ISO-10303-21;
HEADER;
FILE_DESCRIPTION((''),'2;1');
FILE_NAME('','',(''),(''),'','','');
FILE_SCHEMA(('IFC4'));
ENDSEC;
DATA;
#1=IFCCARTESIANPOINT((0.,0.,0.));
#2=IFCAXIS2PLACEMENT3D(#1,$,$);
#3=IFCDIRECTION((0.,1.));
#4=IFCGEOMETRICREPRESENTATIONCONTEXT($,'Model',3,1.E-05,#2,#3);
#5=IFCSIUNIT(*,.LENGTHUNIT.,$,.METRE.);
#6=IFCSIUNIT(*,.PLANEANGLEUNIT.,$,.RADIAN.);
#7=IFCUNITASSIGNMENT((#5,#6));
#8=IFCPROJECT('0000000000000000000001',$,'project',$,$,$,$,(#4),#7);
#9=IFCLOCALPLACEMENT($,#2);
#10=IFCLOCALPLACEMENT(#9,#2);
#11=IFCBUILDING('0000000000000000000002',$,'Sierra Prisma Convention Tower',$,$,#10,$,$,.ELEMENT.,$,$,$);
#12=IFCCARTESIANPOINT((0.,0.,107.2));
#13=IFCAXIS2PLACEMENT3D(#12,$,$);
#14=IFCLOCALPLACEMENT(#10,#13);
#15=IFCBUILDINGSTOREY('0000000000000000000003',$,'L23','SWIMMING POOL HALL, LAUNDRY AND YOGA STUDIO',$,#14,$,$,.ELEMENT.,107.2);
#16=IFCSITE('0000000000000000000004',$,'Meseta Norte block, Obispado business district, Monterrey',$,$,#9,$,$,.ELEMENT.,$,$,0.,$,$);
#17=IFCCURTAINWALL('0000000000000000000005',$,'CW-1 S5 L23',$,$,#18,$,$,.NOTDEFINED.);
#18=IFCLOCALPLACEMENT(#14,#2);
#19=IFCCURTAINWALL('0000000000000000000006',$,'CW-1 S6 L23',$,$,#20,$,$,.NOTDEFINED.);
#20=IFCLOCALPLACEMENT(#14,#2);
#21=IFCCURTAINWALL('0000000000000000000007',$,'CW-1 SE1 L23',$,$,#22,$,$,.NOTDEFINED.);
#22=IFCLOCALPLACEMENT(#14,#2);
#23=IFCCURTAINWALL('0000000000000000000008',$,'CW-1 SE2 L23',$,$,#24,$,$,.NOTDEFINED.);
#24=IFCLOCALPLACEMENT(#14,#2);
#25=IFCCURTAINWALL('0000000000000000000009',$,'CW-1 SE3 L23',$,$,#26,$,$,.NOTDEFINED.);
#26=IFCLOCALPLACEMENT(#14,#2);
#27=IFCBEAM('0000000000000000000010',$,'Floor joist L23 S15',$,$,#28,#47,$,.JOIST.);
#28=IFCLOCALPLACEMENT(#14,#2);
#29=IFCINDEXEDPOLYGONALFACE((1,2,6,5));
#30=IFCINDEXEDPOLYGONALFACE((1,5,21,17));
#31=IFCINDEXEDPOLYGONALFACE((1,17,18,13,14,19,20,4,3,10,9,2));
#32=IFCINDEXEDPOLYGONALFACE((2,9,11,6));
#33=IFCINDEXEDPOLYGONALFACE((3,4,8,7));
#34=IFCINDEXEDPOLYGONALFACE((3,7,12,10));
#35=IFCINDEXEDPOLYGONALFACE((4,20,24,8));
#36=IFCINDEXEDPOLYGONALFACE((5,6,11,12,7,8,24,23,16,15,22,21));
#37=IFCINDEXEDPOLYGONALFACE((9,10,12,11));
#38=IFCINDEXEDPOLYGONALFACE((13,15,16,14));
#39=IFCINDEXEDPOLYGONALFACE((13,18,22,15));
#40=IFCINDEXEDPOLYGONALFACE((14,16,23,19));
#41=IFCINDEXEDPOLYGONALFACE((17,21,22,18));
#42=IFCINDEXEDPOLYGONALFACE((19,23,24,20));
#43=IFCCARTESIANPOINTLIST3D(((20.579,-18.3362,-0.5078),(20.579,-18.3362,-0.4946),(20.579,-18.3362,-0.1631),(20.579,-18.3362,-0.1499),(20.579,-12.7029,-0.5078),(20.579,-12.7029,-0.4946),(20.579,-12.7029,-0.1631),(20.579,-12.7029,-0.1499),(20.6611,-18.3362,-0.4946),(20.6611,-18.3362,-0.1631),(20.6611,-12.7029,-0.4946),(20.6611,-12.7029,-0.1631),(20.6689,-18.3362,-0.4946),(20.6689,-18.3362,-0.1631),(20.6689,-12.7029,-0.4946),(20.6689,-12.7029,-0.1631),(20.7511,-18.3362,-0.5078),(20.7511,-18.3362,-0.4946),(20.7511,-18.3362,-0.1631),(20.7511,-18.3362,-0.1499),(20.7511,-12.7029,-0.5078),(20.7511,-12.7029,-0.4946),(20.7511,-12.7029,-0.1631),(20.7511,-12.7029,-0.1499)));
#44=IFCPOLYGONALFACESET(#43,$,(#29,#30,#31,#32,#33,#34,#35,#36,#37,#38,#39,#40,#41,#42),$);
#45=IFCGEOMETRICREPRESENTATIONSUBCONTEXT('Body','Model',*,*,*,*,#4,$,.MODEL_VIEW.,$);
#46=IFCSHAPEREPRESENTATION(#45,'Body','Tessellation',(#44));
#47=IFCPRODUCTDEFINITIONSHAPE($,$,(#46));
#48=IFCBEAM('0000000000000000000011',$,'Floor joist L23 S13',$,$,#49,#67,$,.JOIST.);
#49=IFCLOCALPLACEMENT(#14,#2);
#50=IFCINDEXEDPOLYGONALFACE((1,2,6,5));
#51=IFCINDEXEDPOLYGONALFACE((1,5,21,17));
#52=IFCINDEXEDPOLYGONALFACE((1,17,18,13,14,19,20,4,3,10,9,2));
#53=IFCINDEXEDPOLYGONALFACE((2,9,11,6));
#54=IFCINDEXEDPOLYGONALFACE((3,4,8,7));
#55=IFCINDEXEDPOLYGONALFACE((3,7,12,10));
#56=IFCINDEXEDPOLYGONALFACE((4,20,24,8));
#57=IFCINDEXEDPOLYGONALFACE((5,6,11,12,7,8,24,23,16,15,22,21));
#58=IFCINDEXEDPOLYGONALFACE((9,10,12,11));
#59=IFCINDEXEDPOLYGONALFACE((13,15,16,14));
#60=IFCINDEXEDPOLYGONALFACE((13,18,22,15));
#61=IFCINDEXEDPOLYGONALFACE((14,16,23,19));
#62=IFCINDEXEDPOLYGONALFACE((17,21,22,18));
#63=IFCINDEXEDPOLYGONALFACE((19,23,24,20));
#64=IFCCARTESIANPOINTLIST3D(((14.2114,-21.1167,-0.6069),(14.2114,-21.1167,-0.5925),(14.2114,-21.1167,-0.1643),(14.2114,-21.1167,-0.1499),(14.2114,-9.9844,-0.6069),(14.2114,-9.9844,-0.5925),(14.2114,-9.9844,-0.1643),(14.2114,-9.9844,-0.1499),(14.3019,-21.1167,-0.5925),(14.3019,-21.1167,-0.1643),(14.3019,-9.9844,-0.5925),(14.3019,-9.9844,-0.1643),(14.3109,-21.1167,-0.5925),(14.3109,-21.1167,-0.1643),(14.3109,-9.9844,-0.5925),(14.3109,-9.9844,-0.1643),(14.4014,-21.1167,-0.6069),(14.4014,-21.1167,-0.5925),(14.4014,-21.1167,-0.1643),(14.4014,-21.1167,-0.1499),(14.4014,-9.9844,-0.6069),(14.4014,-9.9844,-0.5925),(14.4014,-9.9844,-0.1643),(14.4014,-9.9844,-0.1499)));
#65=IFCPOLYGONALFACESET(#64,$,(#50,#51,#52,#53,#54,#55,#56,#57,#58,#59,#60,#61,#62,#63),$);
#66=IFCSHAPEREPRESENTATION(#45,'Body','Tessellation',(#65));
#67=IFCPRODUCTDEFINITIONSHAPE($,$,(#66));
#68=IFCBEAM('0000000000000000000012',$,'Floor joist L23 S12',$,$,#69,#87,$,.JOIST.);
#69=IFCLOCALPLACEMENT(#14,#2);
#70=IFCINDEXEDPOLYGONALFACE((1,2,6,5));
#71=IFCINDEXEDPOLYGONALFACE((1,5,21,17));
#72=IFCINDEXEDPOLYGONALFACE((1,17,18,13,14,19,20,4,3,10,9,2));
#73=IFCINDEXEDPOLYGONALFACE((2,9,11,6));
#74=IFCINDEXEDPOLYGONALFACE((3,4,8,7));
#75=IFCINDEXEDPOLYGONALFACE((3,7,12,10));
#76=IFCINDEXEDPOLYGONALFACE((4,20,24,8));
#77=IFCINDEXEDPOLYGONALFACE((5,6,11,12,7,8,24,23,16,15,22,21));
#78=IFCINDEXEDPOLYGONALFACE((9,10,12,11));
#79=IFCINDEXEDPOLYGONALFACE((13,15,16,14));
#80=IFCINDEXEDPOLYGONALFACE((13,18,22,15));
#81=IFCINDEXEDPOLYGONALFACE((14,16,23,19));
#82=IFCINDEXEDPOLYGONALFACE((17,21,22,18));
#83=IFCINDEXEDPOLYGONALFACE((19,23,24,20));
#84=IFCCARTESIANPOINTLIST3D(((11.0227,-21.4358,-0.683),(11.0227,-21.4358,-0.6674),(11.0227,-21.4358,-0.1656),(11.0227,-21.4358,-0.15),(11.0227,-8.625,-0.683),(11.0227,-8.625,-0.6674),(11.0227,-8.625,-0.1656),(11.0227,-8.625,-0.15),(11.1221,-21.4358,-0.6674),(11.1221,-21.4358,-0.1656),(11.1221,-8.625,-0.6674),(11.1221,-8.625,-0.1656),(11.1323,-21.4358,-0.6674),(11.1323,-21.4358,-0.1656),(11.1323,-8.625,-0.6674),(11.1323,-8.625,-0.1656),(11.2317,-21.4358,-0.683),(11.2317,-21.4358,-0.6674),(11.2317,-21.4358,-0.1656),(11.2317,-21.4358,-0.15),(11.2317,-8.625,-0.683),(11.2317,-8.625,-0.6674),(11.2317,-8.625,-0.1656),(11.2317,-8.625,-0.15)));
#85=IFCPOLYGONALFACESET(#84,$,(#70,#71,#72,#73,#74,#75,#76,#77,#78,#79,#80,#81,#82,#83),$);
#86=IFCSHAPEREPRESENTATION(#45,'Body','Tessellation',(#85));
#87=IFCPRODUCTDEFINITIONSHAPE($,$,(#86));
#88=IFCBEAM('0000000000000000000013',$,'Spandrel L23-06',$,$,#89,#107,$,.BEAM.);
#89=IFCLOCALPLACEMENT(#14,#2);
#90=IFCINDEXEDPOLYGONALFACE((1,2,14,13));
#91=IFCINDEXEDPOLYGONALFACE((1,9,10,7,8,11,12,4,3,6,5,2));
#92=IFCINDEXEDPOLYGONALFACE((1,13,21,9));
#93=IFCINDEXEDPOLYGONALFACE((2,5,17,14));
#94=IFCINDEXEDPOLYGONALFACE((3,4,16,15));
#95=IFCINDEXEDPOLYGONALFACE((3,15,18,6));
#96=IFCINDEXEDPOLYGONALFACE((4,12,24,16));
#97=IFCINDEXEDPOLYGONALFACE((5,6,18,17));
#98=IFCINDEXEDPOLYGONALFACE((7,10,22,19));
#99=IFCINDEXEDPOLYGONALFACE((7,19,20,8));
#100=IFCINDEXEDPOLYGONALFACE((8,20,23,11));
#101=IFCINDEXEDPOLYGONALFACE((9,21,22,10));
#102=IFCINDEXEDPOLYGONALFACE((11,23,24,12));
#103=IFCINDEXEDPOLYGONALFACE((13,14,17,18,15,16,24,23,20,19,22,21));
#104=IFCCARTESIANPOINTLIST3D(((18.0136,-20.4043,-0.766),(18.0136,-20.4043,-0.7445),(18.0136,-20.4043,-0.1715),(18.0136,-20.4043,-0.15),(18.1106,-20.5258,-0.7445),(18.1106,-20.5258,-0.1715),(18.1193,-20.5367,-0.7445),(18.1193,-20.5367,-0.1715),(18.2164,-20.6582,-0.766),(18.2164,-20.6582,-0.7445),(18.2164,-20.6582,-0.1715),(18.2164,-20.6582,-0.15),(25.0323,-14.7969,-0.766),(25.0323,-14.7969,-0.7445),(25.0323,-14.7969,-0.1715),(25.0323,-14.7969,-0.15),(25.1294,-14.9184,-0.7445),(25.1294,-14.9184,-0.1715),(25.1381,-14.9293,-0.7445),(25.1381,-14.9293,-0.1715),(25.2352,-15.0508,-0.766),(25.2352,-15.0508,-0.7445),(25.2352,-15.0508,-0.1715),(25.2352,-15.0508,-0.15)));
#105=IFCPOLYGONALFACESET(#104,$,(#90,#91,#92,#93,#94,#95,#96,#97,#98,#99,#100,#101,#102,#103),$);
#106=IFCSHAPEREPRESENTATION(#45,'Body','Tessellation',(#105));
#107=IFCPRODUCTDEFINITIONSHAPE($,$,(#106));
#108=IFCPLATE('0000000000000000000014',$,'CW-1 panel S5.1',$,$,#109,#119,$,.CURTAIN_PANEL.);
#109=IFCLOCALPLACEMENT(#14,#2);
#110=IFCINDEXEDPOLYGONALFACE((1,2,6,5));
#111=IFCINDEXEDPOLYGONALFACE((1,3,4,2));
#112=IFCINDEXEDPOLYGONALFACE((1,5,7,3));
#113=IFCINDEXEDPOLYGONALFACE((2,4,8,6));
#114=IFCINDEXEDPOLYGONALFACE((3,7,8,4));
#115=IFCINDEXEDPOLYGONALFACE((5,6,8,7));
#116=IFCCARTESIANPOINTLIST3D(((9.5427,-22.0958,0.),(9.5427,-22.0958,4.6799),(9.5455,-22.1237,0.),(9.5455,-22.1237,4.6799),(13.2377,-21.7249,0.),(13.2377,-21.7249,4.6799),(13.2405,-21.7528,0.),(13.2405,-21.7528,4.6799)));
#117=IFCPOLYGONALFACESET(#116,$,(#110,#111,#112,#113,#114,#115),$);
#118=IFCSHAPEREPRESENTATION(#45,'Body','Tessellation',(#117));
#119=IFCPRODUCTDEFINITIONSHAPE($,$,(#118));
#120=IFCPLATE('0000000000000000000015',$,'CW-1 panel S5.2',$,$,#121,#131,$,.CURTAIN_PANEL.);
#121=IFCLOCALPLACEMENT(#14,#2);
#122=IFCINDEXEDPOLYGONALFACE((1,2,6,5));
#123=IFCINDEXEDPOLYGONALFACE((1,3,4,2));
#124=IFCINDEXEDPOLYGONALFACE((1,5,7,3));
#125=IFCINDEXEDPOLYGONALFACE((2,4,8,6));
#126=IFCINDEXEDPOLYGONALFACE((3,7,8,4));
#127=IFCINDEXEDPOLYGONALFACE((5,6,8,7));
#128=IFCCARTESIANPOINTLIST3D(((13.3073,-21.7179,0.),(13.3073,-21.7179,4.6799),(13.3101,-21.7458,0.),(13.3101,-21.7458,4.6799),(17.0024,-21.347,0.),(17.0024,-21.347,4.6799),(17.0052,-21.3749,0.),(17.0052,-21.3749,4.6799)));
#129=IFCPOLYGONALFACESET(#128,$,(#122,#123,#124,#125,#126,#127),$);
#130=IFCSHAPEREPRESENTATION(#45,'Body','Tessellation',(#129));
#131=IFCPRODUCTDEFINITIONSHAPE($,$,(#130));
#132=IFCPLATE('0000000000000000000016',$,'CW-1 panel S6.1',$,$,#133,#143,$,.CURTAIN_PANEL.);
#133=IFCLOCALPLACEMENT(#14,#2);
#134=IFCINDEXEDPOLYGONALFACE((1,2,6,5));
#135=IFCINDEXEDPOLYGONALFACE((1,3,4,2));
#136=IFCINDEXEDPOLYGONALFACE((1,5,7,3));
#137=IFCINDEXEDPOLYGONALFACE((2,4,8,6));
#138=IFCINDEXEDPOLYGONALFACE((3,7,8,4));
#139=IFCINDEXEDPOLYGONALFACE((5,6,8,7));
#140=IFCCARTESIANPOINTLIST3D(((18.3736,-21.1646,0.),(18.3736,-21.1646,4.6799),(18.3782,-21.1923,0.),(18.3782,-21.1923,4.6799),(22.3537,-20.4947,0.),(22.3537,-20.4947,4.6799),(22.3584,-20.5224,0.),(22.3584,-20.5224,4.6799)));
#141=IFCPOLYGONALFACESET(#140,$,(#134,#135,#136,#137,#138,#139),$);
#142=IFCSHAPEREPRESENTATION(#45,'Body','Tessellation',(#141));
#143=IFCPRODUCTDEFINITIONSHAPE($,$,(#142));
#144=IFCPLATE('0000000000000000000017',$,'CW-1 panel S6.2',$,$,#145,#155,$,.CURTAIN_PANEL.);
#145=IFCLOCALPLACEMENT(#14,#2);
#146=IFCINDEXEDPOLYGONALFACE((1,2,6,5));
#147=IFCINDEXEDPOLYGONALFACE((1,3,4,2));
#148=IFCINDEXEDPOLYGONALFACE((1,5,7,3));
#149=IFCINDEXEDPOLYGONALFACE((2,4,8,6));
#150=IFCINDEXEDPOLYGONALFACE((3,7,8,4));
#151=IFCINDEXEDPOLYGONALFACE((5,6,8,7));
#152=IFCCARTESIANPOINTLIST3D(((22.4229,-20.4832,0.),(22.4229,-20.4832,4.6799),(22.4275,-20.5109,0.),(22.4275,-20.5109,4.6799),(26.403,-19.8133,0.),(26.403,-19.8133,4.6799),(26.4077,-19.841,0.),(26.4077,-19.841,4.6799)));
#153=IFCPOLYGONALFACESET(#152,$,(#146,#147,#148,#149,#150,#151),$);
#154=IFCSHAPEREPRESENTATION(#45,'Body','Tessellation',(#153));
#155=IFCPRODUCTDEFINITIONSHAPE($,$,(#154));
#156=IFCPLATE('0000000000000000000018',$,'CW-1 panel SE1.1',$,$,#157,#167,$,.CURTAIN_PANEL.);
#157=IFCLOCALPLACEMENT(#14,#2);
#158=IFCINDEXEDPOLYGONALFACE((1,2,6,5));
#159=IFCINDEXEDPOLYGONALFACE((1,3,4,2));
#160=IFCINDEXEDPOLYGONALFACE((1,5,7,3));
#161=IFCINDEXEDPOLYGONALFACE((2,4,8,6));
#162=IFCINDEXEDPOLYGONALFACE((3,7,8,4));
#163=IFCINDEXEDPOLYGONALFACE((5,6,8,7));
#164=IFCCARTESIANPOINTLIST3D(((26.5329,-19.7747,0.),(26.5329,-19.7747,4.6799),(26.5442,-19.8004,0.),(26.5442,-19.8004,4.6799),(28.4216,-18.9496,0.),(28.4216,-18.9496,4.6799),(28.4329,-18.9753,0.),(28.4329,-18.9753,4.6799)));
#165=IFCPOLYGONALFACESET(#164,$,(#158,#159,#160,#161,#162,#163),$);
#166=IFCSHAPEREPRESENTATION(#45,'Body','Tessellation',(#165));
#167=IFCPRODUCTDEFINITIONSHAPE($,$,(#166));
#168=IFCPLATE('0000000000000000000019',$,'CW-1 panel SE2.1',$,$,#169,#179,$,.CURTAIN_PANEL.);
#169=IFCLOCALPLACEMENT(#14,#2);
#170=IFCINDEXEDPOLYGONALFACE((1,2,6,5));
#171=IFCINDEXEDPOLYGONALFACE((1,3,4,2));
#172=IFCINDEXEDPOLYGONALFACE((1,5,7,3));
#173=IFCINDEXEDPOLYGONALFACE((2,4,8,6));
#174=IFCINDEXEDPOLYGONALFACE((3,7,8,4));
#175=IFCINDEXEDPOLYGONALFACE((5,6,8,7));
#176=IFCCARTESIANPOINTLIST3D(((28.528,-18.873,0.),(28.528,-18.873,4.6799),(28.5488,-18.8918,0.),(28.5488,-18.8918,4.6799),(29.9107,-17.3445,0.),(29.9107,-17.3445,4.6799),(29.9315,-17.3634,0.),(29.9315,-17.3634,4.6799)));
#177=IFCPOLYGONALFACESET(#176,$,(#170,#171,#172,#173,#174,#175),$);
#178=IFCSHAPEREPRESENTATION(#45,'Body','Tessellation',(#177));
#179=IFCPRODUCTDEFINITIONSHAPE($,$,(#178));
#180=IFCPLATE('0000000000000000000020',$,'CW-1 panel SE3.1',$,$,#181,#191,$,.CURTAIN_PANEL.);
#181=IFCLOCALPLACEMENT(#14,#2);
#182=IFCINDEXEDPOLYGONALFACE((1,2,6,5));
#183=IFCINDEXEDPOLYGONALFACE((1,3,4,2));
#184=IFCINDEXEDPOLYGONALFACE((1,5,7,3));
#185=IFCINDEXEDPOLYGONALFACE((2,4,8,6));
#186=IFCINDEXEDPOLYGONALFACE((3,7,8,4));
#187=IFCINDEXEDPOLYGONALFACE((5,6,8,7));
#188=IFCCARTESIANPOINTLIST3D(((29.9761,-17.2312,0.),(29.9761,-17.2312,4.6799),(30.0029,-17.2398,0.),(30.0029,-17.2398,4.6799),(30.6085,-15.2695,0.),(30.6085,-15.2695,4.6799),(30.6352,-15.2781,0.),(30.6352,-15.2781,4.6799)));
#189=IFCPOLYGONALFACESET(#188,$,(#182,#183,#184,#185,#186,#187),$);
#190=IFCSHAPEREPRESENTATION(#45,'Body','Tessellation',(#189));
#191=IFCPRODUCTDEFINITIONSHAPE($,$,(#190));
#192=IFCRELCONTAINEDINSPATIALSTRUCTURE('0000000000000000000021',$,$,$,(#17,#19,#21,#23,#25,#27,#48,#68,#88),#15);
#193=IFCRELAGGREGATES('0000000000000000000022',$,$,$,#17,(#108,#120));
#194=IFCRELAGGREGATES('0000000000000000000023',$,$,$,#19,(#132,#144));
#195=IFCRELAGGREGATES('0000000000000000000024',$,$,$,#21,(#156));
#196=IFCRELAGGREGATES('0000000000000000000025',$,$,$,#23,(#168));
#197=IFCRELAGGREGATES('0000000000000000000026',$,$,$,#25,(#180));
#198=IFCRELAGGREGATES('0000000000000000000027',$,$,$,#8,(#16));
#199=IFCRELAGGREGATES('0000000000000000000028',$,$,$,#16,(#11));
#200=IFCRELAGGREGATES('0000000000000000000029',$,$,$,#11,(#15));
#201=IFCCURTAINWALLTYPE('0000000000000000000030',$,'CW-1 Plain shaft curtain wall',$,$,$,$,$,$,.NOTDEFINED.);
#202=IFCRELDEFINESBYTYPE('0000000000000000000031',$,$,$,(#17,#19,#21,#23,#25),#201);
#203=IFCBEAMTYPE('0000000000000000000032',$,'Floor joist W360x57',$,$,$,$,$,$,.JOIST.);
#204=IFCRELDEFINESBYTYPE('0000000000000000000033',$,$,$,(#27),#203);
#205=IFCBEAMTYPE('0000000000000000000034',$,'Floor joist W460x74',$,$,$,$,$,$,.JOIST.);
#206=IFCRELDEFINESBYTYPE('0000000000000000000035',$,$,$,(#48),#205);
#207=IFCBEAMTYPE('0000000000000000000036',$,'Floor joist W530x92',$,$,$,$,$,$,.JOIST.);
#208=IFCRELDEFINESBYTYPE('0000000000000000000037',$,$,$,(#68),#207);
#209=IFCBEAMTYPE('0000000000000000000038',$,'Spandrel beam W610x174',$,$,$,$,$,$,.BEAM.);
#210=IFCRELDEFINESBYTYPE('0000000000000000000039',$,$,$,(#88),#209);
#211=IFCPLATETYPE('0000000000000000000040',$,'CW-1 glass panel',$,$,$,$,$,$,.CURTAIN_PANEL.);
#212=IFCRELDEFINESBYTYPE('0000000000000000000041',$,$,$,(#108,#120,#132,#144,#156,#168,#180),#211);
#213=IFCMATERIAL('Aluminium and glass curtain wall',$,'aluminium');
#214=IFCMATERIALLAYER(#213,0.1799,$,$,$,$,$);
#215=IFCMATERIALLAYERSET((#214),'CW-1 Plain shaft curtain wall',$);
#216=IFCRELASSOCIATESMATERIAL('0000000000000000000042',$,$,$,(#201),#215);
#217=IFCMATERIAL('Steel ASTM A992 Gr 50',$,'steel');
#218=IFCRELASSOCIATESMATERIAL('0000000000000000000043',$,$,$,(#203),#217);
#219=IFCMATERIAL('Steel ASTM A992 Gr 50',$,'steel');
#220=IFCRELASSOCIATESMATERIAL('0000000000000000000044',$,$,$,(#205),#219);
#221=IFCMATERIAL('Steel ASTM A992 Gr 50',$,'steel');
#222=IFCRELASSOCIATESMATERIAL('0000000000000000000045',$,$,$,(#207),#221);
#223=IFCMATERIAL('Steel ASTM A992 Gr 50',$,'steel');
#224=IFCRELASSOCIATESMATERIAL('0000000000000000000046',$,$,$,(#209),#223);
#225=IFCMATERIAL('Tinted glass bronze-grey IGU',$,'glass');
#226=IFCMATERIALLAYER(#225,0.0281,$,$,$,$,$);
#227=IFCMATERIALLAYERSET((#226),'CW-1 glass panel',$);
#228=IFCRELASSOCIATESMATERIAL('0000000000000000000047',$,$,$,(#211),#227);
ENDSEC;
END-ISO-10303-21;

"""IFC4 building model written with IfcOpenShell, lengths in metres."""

from ifc_helpers import new_model, si_unit, direction, frame, origin, origin_2d, place, context, subcontext, project, spatial, rectangle, i_section, extrude, material, layer, layer_set, material_profile, profile_set, type_object, element, aggregate, save


model = new_model("IFC4")

# Units and contexts
model_context = context("Model", 3, precision=1e-05, world=origin(), true_north=direction((0.0, 1.0)))
body_context = subcontext(model_context, "Body", "Model", "MODEL_VIEW")
ifc_project = project(units=[si_unit("LENGTHUNIT", "METRE"), si_unit("PLANEANGLEUNIT", "RADIAN")], contexts=[model_context])

# Site, building, storey
site_placement = place(None, origin())
site = spatial("IfcSite", under=ifc_project, at=site_placement, Name="Meseta Norte block, Obispado business district, Monterrey", CompositionType="ELEMENT", RefElevation=0.0)
building_placement = place(site_placement, origin())
building = spatial("IfcBuilding", under=site, at=building_placement, Name="Sierra Prisma Convention Tower", CompositionType="ELEMENT")
storey_placement = place(building_placement, frame((0.0, 0.0, 107.2)))
storey = spatial("IfcBuildingStorey", under=building, at=storey_placement, Name="L23", Description="SWIMMING POOL HALL, LAUNDRY AND YOGA STUDIO", CompositionType="ELEMENT", Elevation=107.2)

# Curtain wall
ifc_material_1 = material(Name="Aluminium and glass curtain wall", Category="aluminium")
ifc_layer_1 = layer(ifc_material_1, 0.1799)
ifc_layer_set_1 = layer_set([ifc_layer_1], Name="CW-1 Plain shaft curtain wall")
curtain_wall_type = type_object("IfcCurtainWallType", Name="CW-1 Plain shaft curtain wall", PredefinedType="NOTDEFINED", material=ifc_layer_set_1)
curtain_wall_1_placement = place(storey_placement, origin())
curtain_wall_1 = element("IfcCurtainWall", 1, at=curtain_wall_1_placement, inside=storey, type_object=curtain_wall_type, Name="CW-1 S5 L23", PredefinedType="NOTDEFINED")

# Curtain walls
curtain_wall_2_placement = place(storey_placement, origin())
curtain_wall_2 = element("IfcCurtainWall", 2, at=curtain_wall_2_placement, inside=storey, type_object=curtain_wall_type, Name="CW-1 S6 L23", PredefinedType="NOTDEFINED")
curtain_wall_3_placement = place(storey_placement, origin())
curtain_wall_3 = element("IfcCurtainWall", 3, at=curtain_wall_3_placement, inside=storey, type_object=curtain_wall_type, Name="CW-1 SE1 L23", PredefinedType="NOTDEFINED")
curtain_wall_4_placement = place(storey_placement, origin())
curtain_wall_4 = element("IfcCurtainWall", 4, at=curtain_wall_4_placement, inside=storey, type_object=curtain_wall_type, Name="CW-1 SE2 L23", PredefinedType="NOTDEFINED")
curtain_wall_5_placement = place(storey_placement, origin())
curtain_wall_5 = element("IfcCurtainWall", 5, at=curtain_wall_5_placement, inside=storey, type_object=curtain_wall_type, Name="CW-1 SE3 L23", PredefinedType="NOTDEFINED")

# Beams
ifc_material_2 = material(Name="Steel ASTM A992 Gr 50", Category="steel")
ifc_material_profile_1 = material_profile(ifc_material_2, i_section(OverallWidth=0.1721, OverallDepth=0.3579, WebThickness=0.0078, FlangeThickness=0.0132, at=origin_2d()), Name="W360x57")
ifc_profile_set_1 = profile_set([ifc_material_profile_1], Name="Steel ASTM A992 Gr 50")
beam_type_1 = type_object("IfcBeamType", Name="Floor joist W360x57", PredefinedType="JOIST", material=ifc_profile_set_1)
beam_1_placement = place(storey_placement, frame((20.665, -18.3362, -0.3289), z_axis=(0.0, 1.0, 0.0), x_axis=(-1.0, 0.0, 0.0)))
element("IfcBeam", 6, at=beam_1_placement, inside=storey, type_object=beam_type_1, Name="Floor joist L23 S15", PredefinedType="JOIST", context=body_context, shape_type="SweptSolid", body=[
    extrude(i_section(OverallWidth=0.1721, OverallDepth=0.3579, WebThickness=0.0078, FlangeThickness=0.0132, at=origin_2d()), origin(), (0.0, 0.0, 1.0), 5.6333),
])
ifc_material_3 = material(Name="Steel ASTM A992 Gr 50", Category="steel")
ifc_material_profile_2 = material_profile(ifc_material_3, i_section(OverallWidth=0.1899, OverallDepth=0.457, WebThickness=0.009, FlangeThickness=0.0144, at=origin_2d()), Name="W460x74")
ifc_profile_set_2 = profile_set([ifc_material_profile_2], Name="Steel ASTM A992 Gr 50")
beam_type_2 = type_object("IfcBeamType", Name="Floor joist W460x74", PredefinedType="JOIST", material=ifc_profile_set_2)
beam_2_placement = place(storey_placement, frame((14.3064, -21.1167, -0.3784), z_axis=(0.0, 1.0, 0.0), x_axis=(-1.0, 0.0, 0.0)))
element("IfcBeam", 7, at=beam_2_placement, inside=storey, type_object=beam_type_2, Name="Floor joist L23 S13", PredefinedType="JOIST", context=body_context, shape_type="SweptSolid", body=[
    extrude(i_section(OverallWidth=0.1899, OverallDepth=0.457, WebThickness=0.009, FlangeThickness=0.0144, at=origin_2d()), origin(), (0.0, 0.0, 1.0), 11.1323),
])
ifc_material_4 = material(Name="Steel ASTM A992 Gr 50", Category="steel")
ifc_material_profile_3 = material_profile(ifc_material_4, i_section(OverallWidth=0.209, OverallDepth=0.533, WebThickness=0.0103, FlangeThickness=0.0156, at=origin_2d()), Name="W530x92")
ifc_profile_set_3 = profile_set([ifc_material_profile_3], Name="Steel ASTM A992 Gr 50")
beam_type_3 = type_object("IfcBeamType", Name="Floor joist W530x92", PredefinedType="JOIST", material=ifc_profile_set_3)
beam_3_placement = place(storey_placement, frame((11.1272, -21.4358, -0.4165), z_axis=(0.0, 1.0, 0.0), x_axis=(-1.0, 0.0, 0.0)))
element("IfcBeam", 8, at=beam_3_placement, inside=storey, type_object=beam_type_3, Name="Floor joist L23 S12", PredefinedType="JOIST", context=body_context, shape_type="SweptSolid", body=[
    extrude(i_section(OverallWidth=0.209, OverallDepth=0.533, WebThickness=0.0103, FlangeThickness=0.0156, at=origin_2d()), origin(), (0.0, 0.0, 1.0), 12.8108),
])
ifc_material_5 = material(Name="Steel ASTM A992 Gr 50", Category="steel")
ifc_material_profile_4 = material_profile(ifc_material_5, i_section(OverallWidth=0.325, OverallDepth=0.616, WebThickness=0.0139, FlangeThickness=0.0215, at=origin_2d()), Name="W610x174")
ifc_profile_set_4 = profile_set([ifc_material_profile_4], Name="Steel ASTM A992 Gr 50")
beam_type_4 = type_object("IfcBeamType", Name="Spandrel beam W610x174", PredefinedType="BEAM", material=ifc_profile_set_4)
beam_4_placement = place(storey_placement, frame((18.115, -20.5312, -0.458), z_axis=(0.781282, 0.624178, 0.0), x_axis=(-0.624178, 0.781282, 0.0)))
element("IfcBeam", 9, at=beam_4_placement, inside=storey, type_object=beam_type_4, Name="Spandrel L23-06", PredefinedType="BEAM", context=body_context, shape_type="SweptSolid", body=[
    extrude(i_section(OverallWidth=0.325, OverallDepth=0.616, WebThickness=0.0139, FlangeThickness=0.0215, at=origin_2d()), origin(), (0.0, 0.0, 1.0), 8.9836),
])

# Plates
ifc_material_6 = material(Name="Tinted glass bronze-grey IGU", Category="glass")
ifc_layer_2 = layer(ifc_material_6, 0.0281)
ifc_layer_set_2 = layer_set([ifc_layer_2], Name="CW-1 glass panel")
plate_type = type_object("IfcPlateType", Name="CW-1 glass panel", PredefinedType="CURTAIN_PANEL", material=ifc_layer_set_2)
plate_1_placement = place(storey_placement, frame((11.3916, -21.9243, 0.0), z_axis=(0.0, 0.0, 1.0), x_axis=(0.995, 0.099874, 0.0)))
plate_1 = element("IfcPlate", 10, at=plate_1_placement, type_object=plate_type, Name="CW-1 panel S5.1", PredefinedType="CURTAIN_PANEL", context=body_context, shape_type="SweptSolid", body=[
    extrude(rectangle(XDim=3.7136, YDim=0.0281, at=origin_2d()), origin(), (0.0, 0.0, 1.0), 4.6799),
])
plate_2_placement = place(storey_placement, frame((15.1562, -21.5464, 0.0), z_axis=(0.0, 0.0, 1.0), x_axis=(0.995, 0.099874, 0.0)))
plate_2 = element("IfcPlate", 11, at=plate_2_placement, type_object=plate_type, Name="CW-1 panel S5.2", PredefinedType="CURTAIN_PANEL", context=body_context, shape_type="SweptSolid", body=[
    extrude(rectangle(XDim=3.7136, YDim=0.0281, at=origin_2d()), origin(), (0.0, 0.0, 1.0), 4.6799),
])
aggregate(curtain_wall_1, [plate_1, plate_2])
plate_3_placement = place(storey_placement, frame((20.366, -20.8435, 0.0), z_axis=(0.0, 0.0, 1.0), x_axis=(0.986132, 0.165964, 0.0)))
plate_3 = element("IfcPlate", 12, at=plate_3_placement, type_object=plate_type, Name="CW-1 panel S6.1", PredefinedType="CURTAIN_PANEL", context=body_context, shape_type="SweptSolid", body=[
    extrude(rectangle(XDim=4.0361, YDim=0.0281, at=origin_2d()), origin(), (0.0, 0.0, 1.0), 4.6799),
])
plate_4_placement = place(storey_placement, frame((24.4153, -20.1621, 0.0), z_axis=(0.0, 0.0, 1.0), x_axis=(0.986132, 0.165964, 0.0)))
plate_4 = element("IfcPlate", 13, at=plate_4_placement, type_object=plate_type, Name="CW-1 panel S6.2", PredefinedType="CURTAIN_PANEL", context=body_context, shape_type="SweptSolid", body=[
    extrude(rectangle(XDim=4.0361, YDim=0.0281, at=origin_2d()), origin(), (0.0, 0.0, 1.0), 4.6799),
])
aggregate(curtain_wall_2, [plate_3, plate_4])
plate_5_placement = place(storey_placement, frame((27.4829, -19.375, 0.0), z_axis=(0.0, 0.0, 1.0), x_axis=(0.916377, 0.400315, 0.0)))
plate_5 = element("IfcPlate", 14, at=plate_5_placement, type_object=plate_type, Name="CW-1 panel SE1.1", PredefinedType="CURTAIN_PANEL", context=body_context, shape_type="SweptSolid", body=[
    extrude(rectangle(XDim=2.061, YDim=0.0281, at=origin_2d()), origin(), (0.0, 0.0, 1.0), 4.6799),
])
aggregate(curtain_wall_3, [plate_5])
plate_6_placement = place(storey_placement, frame((29.2297, -18.1182, 0.0), z_axis=(0.0, 0.0, 1.0), x_axis=(0.670867, 0.741577, 0.0)))
plate_6 = element("IfcPlate", 15, at=plate_6_placement, type_object=plate_type, Name="CW-1 panel SE2.1", PredefinedType="CURTAIN_PANEL", context=body_context, shape_type="SweptSolid", body=[
    extrude(rectangle(XDim=2.061, YDim=0.0281, at=origin_2d()), origin(), (0.0, 0.0, 1.0), 4.6799),
])
aggregate(curtain_wall_4, [plate_6])
plate_7_placement = place(storey_placement, frame((30.3057, -16.2546, 0.0), z_axis=(0.0, 0.0, 1.0), x_axis=(0.306791, 0.951777, 0.0)))
plate_7 = element("IfcPlate", 16, at=plate_7_placement, type_object=plate_type, Name="CW-1 panel SE3.1", PredefinedType="CURTAIN_PANEL", context=body_context, shape_type="SweptSolid", body=[
    extrude(rectangle(XDim=2.061, YDim=0.0281, at=origin_2d()), origin(), (0.0, 0.0, 1.0), 4.6799),
])
aggregate(curtain_wall_5, [plate_7])

save(model, "model.ifc")
